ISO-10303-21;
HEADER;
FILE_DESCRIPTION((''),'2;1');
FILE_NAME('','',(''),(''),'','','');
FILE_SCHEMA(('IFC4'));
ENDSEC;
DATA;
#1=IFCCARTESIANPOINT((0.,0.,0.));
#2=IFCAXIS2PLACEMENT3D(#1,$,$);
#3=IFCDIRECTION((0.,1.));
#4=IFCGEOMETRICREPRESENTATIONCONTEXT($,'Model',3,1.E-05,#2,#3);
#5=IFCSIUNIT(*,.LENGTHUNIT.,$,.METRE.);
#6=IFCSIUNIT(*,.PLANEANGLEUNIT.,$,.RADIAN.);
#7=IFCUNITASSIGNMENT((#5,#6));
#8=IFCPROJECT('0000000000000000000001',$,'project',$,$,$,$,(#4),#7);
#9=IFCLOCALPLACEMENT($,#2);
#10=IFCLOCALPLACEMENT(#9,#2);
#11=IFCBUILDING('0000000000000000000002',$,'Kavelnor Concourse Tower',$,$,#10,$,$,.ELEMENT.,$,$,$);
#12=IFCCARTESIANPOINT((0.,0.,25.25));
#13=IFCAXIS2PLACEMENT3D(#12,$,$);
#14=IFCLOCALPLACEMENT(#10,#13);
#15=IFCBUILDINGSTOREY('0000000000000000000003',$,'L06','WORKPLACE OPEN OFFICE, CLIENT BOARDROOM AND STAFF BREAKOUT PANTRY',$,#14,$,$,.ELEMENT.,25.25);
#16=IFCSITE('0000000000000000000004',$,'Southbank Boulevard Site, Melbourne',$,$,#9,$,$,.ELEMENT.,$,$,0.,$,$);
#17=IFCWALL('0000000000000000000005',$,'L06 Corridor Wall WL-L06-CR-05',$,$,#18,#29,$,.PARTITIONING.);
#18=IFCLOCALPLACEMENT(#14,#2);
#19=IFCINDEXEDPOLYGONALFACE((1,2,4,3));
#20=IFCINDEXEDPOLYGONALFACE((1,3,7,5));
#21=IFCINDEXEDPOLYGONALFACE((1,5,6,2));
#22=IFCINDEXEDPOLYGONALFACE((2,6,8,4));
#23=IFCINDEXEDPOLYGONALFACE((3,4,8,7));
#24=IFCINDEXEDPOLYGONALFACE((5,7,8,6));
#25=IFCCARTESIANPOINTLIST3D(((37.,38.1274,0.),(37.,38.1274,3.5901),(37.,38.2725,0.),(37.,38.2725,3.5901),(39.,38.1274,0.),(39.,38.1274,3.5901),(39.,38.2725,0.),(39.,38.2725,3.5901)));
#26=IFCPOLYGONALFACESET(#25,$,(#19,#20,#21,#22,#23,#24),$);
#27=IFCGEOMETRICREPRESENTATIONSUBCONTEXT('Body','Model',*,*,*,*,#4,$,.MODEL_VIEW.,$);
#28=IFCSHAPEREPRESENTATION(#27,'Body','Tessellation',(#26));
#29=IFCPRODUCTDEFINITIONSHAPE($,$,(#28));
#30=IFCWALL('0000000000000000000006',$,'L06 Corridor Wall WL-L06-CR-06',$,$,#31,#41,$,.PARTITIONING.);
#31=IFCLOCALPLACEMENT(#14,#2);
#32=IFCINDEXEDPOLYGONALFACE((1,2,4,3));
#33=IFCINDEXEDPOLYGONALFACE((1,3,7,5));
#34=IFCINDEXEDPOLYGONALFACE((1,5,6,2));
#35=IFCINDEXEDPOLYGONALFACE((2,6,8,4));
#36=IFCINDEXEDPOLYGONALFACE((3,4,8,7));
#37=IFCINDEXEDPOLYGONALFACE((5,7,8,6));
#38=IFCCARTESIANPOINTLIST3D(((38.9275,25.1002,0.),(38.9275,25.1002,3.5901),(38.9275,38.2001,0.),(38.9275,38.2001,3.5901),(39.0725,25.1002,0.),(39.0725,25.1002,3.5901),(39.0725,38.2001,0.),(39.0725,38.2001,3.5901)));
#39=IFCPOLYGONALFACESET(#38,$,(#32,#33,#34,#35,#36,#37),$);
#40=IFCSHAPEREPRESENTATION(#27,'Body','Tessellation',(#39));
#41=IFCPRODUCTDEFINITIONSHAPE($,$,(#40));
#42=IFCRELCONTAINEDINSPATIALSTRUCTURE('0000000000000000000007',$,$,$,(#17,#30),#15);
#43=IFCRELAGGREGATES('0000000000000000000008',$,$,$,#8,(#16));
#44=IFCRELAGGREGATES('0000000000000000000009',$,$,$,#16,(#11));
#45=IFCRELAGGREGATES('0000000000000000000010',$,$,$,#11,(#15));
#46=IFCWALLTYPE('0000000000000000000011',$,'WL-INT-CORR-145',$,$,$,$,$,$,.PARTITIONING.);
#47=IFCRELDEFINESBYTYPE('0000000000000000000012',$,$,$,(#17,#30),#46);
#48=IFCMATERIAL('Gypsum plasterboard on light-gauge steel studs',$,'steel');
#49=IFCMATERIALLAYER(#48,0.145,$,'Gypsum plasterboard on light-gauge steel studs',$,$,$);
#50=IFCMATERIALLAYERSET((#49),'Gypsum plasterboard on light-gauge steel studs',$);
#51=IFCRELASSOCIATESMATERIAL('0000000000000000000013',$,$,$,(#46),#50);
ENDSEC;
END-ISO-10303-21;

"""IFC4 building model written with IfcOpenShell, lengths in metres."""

from ifc_helpers import new_model, si_unit, direction, frame, frame_2d, origin, place, context, subcontext, project, spatial, rectangle, extrude, material, layer, layer_set, type_object, element, save


model = new_model("IFC4")

# Units and contexts
model_context = context("Model", 3, precision=1e-05, world=origin(), true_north=direction((0.0, 1.0)))
body_context = subcontext(model_context, "Body", "Model", "MODEL_VIEW")
ifc_project = project(units=[si_unit("LENGTHUNIT", "METRE"), si_unit("PLANEANGLEUNIT", "RADIAN")], contexts=[model_context])

# Site, building, storey
site_placement = place(None, origin())
site = spatial("IfcSite", under=ifc_project, at=site_placement, Name="Southbank Boulevard Site, Melbourne", CompositionType="ELEMENT", RefElevation=0.0)
building_placement = place(site_placement, origin())
building = spatial("IfcBuilding", under=site, at=building_placement, Name="Kavelnor Concourse Tower", CompositionType="ELEMENT")
storey_placement = place(building_placement, frame((0.0, 0.0, 25.25)))
storey = spatial("IfcBuildingStorey", under=building, at=storey_placement, Name="L06", Description="WORKPLACE OPEN OFFICE, CLIENT BOARDROOM AND STAFF BREAKOUT PANTRY", CompositionType="ELEMENT", Elevation=25.25)

# Walls
ifc_material_1 = material(Name="Gypsum plasterboard on light-gauge steel studs", Category="steel")
ifc_layer_1 = layer(ifc_material_1, 0.145, Name="Gypsum plasterboard on light-gauge steel studs")
ifc_layer_set_1 = layer_set([ifc_layer_1], Name="Gypsum plasterboard on light-gauge steel studs")
wall_type_1 = type_object("IfcWallType", Name="WL-INT-CORR-145", PredefinedType="PARTITIONING", material=ifc_layer_set_1)
wall_1_placement = place(storey_placement, frame((37.0, 38.2, 0.0), z_axis=(0.0, 0.0, 1.0), x_axis=(1.0, 0.0, 0.0)))
element("IfcWall", 1, at=wall_1_placement, inside=storey, type_object=wall_type_1, Name="L06 Corridor Wall WL-L06-CR-05", PredefinedType="PARTITIONING", context=body_context, shape_type="SweptSolid", body=[
    extrude(rectangle(XDim=2.0, YDim=0.145, at=frame_2d((1.0, 0.0))), origin(), (0.0, 0.0, 1.0), 3.5901),
])
wall_2_placement = place(storey_placement, frame((39.0, 38.2, 0.0), z_axis=(0.0, 0.0, 1.0), x_axis=(0.0, -1.0, 0.0)))
element("IfcWall", 2, at=wall_2_placement, inside=storey, type_object=wall_type_1, Name="L06 Corridor Wall WL-L06-CR-06", PredefinedType="PARTITIONING", context=body_context, shape_type="SweptSolid", body=[
    extrude(rectangle(XDim=13.0999, YDim=0.145, at=frame_2d((6.5498, 0.0))), origin(), (0.0, 0.0, 1.0), 3.5901),
])

save(model, "model.ifc")
